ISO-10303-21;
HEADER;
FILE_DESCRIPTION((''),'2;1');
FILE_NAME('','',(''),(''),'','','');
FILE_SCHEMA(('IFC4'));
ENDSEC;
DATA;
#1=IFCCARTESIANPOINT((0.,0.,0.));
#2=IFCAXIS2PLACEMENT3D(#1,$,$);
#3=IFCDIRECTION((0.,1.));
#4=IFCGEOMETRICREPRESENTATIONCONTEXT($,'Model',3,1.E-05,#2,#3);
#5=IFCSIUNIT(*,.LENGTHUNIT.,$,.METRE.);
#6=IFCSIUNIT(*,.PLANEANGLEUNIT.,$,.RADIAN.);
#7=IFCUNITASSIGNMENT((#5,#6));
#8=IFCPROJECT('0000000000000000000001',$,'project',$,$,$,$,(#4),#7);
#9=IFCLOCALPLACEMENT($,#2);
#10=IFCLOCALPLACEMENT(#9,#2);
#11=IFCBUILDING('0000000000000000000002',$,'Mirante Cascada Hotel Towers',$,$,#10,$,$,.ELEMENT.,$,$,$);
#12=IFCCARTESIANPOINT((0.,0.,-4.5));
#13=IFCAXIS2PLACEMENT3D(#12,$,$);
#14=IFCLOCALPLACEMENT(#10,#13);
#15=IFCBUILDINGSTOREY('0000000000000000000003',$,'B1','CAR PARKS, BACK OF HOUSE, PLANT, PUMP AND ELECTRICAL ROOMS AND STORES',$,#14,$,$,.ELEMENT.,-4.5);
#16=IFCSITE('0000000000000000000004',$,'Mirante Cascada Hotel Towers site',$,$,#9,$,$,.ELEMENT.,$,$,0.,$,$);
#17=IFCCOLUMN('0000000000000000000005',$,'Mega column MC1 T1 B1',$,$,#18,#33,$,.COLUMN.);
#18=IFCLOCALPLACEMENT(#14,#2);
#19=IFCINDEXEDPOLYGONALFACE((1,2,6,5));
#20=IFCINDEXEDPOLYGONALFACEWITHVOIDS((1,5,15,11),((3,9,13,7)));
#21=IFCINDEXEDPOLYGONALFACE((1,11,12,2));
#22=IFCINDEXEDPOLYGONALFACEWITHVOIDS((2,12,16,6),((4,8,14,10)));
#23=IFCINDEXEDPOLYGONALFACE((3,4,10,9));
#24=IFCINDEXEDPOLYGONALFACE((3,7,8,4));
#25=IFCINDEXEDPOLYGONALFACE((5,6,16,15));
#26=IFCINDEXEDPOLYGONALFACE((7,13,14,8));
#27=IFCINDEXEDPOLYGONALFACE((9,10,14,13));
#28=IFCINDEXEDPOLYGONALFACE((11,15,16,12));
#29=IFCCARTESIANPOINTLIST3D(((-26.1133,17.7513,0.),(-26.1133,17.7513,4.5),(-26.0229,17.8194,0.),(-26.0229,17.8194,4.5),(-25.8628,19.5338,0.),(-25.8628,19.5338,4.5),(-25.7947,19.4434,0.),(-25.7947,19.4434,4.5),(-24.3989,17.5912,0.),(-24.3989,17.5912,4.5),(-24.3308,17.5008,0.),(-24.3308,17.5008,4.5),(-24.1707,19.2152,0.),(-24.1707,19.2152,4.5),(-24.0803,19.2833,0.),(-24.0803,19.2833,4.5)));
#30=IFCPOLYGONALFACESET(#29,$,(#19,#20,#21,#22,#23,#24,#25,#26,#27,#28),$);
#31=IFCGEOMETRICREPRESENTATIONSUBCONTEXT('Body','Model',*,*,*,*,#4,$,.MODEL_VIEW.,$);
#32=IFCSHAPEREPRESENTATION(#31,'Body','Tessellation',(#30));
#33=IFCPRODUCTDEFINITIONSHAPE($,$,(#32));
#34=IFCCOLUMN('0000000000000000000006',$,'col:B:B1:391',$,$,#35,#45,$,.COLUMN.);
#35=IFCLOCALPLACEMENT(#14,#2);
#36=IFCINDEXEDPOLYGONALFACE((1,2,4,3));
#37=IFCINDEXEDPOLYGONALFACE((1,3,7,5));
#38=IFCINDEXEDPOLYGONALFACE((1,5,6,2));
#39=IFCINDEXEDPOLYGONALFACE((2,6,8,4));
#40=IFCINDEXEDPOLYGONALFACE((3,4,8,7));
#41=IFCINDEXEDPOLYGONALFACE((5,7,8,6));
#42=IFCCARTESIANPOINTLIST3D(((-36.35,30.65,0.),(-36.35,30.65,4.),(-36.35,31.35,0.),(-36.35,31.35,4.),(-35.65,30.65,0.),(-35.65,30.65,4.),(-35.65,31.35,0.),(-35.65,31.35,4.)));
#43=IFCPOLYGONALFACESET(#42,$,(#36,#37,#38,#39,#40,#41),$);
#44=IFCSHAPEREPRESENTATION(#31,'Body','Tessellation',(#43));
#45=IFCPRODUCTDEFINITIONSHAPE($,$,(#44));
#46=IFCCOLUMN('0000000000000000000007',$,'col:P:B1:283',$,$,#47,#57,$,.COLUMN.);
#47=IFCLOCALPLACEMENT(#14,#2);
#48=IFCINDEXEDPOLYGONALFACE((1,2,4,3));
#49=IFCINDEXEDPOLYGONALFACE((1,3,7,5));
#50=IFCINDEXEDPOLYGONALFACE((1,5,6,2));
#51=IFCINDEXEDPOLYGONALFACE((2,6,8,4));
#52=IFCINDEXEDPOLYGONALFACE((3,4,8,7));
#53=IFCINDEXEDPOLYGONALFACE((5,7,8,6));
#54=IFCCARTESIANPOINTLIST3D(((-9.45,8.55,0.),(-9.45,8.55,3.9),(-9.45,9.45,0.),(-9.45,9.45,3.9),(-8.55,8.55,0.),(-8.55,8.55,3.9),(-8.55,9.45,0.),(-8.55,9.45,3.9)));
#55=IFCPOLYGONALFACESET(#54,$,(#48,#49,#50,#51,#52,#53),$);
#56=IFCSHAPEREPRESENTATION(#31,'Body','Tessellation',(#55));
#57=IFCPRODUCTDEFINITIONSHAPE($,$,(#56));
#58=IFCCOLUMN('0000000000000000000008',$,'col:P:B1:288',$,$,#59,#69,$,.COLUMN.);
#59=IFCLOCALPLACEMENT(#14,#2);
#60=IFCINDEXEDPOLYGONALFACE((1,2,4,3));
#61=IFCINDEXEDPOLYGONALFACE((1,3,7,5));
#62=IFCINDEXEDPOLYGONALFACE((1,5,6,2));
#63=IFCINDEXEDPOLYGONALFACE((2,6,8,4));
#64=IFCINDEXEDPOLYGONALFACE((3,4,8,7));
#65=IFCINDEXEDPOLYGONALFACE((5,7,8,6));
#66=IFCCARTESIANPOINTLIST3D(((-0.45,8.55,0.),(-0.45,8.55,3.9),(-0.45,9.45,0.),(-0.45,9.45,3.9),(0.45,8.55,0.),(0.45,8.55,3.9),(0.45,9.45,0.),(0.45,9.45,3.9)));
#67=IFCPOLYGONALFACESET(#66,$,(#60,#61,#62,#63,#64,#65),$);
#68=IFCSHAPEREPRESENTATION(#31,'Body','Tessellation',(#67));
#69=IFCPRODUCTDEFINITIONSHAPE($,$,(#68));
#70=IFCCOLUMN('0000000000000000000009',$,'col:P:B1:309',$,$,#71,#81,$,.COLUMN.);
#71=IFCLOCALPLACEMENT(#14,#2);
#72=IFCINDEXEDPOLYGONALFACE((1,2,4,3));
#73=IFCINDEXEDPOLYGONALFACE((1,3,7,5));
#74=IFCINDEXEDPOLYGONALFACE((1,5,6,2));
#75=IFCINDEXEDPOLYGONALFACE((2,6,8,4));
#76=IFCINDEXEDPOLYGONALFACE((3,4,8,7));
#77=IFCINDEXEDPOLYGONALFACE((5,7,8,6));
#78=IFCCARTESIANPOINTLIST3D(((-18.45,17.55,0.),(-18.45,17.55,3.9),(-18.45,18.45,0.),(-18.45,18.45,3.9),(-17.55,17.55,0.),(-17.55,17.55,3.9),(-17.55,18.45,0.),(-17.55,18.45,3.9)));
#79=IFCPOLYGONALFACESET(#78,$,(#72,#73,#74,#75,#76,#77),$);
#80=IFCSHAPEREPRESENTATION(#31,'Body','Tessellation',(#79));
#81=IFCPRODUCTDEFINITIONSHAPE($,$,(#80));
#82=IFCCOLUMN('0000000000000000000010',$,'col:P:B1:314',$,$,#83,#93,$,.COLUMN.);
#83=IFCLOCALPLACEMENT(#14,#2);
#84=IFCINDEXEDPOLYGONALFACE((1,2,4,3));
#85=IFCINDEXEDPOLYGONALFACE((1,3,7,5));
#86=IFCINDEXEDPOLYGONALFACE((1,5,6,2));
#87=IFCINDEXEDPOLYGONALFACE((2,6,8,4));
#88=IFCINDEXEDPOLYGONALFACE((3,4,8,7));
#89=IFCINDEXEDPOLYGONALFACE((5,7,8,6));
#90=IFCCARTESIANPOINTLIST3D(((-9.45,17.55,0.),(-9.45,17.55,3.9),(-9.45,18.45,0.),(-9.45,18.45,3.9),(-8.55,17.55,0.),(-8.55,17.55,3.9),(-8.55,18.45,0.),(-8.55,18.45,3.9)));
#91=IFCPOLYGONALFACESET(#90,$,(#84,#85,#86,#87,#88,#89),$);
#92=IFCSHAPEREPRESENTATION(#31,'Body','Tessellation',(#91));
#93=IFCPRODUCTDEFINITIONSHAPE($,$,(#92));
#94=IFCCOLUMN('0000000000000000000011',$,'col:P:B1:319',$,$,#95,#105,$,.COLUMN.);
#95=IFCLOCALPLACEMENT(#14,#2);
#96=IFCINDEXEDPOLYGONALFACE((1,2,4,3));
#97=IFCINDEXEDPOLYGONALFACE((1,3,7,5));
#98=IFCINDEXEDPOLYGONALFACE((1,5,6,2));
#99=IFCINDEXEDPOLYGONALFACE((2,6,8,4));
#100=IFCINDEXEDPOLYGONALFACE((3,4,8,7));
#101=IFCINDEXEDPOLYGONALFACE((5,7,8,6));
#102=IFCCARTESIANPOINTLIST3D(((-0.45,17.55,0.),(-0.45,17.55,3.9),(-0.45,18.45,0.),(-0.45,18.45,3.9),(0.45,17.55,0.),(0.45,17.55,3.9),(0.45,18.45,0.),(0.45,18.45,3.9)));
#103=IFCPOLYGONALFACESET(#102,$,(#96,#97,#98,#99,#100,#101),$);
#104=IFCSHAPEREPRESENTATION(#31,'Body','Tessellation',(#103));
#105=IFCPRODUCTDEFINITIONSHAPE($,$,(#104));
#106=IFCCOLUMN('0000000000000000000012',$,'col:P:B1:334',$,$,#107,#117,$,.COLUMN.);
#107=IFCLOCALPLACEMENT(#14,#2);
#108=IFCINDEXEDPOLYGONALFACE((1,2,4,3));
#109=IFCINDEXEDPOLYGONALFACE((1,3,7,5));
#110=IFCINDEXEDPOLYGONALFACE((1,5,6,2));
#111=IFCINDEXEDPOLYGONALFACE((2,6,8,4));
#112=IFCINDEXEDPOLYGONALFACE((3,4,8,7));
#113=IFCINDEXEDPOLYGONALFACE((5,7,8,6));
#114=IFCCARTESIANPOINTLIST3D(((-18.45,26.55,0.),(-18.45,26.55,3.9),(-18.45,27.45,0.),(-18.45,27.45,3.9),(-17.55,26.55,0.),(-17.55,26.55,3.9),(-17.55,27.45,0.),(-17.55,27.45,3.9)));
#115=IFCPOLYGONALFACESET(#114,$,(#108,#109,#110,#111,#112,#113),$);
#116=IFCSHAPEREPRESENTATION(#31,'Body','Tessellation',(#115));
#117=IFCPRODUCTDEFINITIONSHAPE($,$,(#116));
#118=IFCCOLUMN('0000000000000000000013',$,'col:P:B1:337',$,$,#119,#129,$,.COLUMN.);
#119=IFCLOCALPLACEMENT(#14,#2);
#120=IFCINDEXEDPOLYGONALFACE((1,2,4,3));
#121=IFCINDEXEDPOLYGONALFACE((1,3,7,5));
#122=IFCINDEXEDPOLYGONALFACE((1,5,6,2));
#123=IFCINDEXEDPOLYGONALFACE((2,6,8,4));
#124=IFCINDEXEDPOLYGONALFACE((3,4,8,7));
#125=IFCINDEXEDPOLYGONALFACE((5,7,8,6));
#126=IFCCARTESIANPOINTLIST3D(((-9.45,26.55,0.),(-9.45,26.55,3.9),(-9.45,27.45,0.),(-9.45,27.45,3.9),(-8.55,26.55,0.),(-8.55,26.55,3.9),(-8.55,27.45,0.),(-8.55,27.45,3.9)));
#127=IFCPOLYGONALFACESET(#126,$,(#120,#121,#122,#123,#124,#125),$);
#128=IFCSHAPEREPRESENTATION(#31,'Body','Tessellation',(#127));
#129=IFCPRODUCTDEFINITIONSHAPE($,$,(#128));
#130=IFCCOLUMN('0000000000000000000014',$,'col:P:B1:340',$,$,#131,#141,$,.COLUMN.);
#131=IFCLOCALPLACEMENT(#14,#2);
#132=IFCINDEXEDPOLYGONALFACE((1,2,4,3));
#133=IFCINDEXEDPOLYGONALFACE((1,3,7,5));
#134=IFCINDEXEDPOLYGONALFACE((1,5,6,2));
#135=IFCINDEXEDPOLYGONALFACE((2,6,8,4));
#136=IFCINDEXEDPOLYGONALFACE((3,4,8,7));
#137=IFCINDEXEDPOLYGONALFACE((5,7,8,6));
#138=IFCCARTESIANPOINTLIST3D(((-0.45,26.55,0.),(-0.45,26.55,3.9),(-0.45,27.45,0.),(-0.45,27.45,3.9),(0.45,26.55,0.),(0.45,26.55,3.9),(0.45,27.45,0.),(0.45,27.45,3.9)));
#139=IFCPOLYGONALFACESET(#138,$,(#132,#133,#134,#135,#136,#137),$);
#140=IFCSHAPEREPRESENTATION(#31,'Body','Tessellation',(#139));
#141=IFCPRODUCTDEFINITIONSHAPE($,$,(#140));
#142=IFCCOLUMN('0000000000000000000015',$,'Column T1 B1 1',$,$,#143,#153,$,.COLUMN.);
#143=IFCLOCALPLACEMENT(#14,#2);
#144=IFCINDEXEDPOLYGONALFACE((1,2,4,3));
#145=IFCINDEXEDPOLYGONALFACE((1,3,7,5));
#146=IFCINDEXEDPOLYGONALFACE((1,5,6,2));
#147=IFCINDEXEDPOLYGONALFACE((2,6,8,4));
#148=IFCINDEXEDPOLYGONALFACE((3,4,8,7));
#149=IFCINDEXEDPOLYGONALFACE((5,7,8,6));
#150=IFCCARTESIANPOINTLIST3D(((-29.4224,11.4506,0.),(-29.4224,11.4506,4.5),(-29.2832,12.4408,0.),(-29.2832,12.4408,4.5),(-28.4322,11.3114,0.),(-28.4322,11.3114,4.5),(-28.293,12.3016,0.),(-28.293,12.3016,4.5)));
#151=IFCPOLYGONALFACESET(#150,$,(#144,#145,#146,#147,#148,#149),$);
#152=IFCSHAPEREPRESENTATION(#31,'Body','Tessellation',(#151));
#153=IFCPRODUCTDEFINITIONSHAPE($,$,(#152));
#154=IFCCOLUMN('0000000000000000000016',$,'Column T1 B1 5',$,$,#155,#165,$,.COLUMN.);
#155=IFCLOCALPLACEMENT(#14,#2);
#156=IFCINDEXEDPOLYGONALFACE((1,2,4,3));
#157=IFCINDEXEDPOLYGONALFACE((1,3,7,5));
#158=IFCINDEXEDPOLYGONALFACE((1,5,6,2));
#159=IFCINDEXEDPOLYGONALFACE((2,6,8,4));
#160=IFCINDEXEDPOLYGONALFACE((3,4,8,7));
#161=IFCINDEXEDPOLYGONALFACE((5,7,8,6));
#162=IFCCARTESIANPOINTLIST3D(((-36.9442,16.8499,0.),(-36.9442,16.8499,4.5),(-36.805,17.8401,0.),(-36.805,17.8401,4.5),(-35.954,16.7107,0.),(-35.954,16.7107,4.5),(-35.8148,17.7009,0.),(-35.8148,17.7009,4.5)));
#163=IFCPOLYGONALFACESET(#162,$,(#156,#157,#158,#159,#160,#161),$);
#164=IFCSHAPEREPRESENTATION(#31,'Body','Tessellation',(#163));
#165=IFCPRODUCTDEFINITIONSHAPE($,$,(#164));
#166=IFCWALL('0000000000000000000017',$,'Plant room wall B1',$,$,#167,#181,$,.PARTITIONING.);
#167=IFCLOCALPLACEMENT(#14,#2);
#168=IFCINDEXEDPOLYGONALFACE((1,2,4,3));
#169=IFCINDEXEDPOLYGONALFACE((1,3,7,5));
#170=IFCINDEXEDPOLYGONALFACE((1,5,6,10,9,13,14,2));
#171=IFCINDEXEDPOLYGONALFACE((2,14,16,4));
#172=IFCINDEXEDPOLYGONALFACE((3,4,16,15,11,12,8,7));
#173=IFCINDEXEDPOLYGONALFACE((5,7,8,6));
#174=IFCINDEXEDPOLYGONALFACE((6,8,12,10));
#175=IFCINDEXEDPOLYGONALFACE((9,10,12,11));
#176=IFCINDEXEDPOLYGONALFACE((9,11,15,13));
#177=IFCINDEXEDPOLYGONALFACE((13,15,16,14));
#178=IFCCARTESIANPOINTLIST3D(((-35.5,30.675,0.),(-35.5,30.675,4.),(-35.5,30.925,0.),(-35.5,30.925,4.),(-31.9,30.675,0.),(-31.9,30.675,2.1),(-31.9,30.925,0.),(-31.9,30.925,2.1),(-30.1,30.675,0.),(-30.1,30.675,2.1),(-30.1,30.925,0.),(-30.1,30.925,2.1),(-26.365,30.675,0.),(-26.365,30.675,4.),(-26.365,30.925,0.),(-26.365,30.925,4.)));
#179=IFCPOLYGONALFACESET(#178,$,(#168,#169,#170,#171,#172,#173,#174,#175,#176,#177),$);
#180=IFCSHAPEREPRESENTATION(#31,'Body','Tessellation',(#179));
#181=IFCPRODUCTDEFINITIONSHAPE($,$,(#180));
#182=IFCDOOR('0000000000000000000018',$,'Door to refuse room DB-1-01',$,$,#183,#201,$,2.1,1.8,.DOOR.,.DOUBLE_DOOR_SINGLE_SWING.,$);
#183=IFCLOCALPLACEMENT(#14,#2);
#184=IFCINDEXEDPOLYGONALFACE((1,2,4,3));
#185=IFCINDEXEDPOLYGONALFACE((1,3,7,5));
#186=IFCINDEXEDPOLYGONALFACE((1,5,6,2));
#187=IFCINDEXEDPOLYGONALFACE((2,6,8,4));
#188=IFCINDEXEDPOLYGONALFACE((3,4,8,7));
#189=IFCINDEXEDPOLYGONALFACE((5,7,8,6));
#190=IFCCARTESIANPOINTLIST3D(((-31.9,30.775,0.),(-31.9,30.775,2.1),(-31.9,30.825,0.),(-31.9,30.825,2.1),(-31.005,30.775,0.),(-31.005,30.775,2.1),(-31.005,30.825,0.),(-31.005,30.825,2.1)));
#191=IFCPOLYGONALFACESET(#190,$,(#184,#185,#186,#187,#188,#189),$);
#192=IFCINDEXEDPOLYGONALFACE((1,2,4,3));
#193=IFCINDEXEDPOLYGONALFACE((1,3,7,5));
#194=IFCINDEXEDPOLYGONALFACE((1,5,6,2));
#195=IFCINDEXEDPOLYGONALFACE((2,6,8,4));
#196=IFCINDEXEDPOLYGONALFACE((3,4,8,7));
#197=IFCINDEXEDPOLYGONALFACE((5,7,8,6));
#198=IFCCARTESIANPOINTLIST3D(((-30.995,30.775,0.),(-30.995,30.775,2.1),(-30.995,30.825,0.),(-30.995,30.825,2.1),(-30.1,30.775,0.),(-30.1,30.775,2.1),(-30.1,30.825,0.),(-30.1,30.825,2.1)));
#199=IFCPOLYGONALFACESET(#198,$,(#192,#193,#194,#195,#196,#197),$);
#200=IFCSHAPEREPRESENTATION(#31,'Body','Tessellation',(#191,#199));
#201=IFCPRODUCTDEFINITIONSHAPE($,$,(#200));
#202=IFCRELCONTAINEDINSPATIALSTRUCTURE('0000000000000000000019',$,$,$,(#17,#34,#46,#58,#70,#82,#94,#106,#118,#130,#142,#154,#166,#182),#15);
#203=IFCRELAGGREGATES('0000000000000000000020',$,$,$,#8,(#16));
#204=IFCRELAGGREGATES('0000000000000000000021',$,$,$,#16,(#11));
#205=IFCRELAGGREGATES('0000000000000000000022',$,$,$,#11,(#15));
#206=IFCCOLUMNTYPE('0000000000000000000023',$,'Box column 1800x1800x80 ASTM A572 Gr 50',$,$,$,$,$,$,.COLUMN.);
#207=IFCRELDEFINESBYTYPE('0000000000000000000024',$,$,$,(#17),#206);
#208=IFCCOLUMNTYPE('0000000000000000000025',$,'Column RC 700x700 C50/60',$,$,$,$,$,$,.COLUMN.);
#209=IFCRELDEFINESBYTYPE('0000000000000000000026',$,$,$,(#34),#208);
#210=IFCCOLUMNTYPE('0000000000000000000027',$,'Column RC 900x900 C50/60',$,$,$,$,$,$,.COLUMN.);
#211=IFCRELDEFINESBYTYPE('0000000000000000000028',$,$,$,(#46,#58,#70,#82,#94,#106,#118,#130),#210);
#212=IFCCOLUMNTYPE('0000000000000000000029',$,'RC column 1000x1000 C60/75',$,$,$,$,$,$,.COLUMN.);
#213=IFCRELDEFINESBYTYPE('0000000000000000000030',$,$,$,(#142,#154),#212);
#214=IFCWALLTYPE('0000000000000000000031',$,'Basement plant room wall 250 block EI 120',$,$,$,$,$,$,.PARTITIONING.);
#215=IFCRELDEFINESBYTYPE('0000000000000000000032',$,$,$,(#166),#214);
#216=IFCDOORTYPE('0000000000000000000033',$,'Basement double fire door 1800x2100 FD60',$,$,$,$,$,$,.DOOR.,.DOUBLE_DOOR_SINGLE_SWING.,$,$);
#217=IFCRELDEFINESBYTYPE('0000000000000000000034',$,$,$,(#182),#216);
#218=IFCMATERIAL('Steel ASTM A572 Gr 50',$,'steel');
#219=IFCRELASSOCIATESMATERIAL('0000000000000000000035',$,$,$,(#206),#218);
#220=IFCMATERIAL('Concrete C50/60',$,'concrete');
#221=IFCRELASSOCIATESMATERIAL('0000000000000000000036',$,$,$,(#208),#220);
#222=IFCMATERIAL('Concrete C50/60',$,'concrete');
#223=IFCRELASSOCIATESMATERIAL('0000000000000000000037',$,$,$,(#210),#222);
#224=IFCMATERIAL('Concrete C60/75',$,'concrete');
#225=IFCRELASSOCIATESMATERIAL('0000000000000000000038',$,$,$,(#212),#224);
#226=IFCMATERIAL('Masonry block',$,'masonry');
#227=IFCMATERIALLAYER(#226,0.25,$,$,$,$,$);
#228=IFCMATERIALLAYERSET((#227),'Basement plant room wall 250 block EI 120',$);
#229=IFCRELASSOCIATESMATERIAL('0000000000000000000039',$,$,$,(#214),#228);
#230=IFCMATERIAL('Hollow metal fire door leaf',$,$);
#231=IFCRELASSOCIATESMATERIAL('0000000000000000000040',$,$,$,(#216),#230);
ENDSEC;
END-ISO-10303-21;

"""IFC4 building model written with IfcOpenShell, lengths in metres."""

from ifc_helpers import new_model, si_unit, direction, frame, frame_2d, origin, origin_2d, place, context, subcontext, project, spatial, rectangle, hollow_rectangle, extrude, material, layer, layer_set, material_profile, profile_set, type_object, element, fill, save


model = new_model("IFC4")

# Units and contexts
model_context = context("Model", 3, precision=1e-05, world=origin(), true_north=direction((0.0, 1.0)))
body_context = subcontext(model_context, "Body", "Model", "MODEL_VIEW")
ifc_project = project(units=[si_unit("LENGTHUNIT", "METRE"), si_unit("PLANEANGLEUNIT", "RADIAN")], contexts=[model_context])

# Site, building, storey
site_placement = place(None, origin())
site = spatial("IfcSite", under=ifc_project, at=site_placement, Name="Mirante Cascada Hotel Towers site", CompositionType="ELEMENT", RefElevation=0.0)
building_placement = place(site_placement, origin())
building = spatial("IfcBuilding", under=site, at=building_placement, Name="Mirante Cascada Hotel Towers", CompositionType="ELEMENT")
storey_placement = place(building_placement, frame((0.0, 0.0, -4.5)))
storey = spatial("IfcBuildingStorey", under=building, at=storey_placement, Name="B1", Description="CAR PARKS, BACK OF HOUSE, PLANT, PUMP AND ELECTRICAL ROOMS AND STORES", CompositionType="ELEMENT", Elevation=-4.5)

# Columns
ifc_material_1 = material(Name="Steel ASTM A572 Gr 50", Category="steel")
ifc_material_profile_1 = material_profile(ifc_material_1, hollow_rectangle(XDim=1.8, YDim=1.8, WallThickness=0.08, at=origin_2d()), Name="Box column 1800x1800x80 ASTM A572 Gr 50")
ifc_profile_set_1 = profile_set([ifc_material_profile_1], Name="Steel ASTM A572 Gr 50")
column_type_1 = type_object("IfcColumnType", Name="Box column 1800x1800x80 ASTM A572 Gr 50", PredefinedType="COLUMN", material=ifc_profile_set_1)
column_1_placement = place(storey_placement, frame((-25.0968, 18.5173, 0.0), z_axis=(0.0, 0.0, 1.0), x_axis=(-0.990268, 0.139173, 0.0)))
element("IfcColumn", 1, at=column_1_placement, inside=storey, type_object=column_type_1, Name="Mega column MC1 T1 B1", PredefinedType="COLUMN", context=body_context, shape_type="SweptSolid", body=[
    extrude(hollow_rectangle(XDim=1.8, YDim=1.8, WallThickness=0.08, at=origin_2d()), origin(), (0.0, 0.0, 1.0), 4.5),
])
ifc_material_2 = material(Name="Concrete C50/60", Category="concrete")
ifc_material_profile_2 = material_profile(ifc_material_2, rectangle(XDim=0.7, YDim=0.7, at=origin_2d()), Name="RC 700x700")
ifc_profile_set_2 = profile_set([ifc_material_profile_2], Name="Concrete C50/60")
column_type_2 = type_object("IfcColumnType", Name="Column RC 700x700 C50/60", PredefinedType="COLUMN", material=ifc_profile_set_2)
column_2_placement = place(storey_placement, frame((-36.0, 31.0, 0.0), z_axis=(0.0, 0.0, 1.0), x_axis=(1.0, 0.0, 0.0)))
element("IfcColumn", 2, at=column_2_placement, inside=storey, type_object=column_type_2, Name="col:B:B1:391", PredefinedType="COLUMN", context=body_context, shape_type="SweptSolid", body=[
    extrude(rectangle(XDim=0.7, YDim=0.7, at=origin_2d()), origin(), (0.0, 0.0, 1.0), 4.0),
])
ifc_material_3 = material(Name="Concrete C50/60", Category="concrete")
ifc_material_profile_3 = material_profile(ifc_material_3, rectangle(XDim=0.9, YDim=0.9, at=origin_2d()), Name="RC 900x900")
ifc_profile_set_3 = profile_set([ifc_material_profile_3], Name="Concrete C50/60")
column_type_3 = type_object("IfcColumnType", Name="Column RC 900x900 C50/60", PredefinedType="COLUMN", material=ifc_profile_set_3)
for number, where, z_axis, x_axis, name in (
    (3, (-9.0, 9.0, 0.0), (0.0, 0.0, 1.0), (1.0, 0.0, 0.0), "col:P:B1:283"),
    (4, (0.0, 9.0, 0.0), (0.0, 0.0, 1.0), (1.0, 0.0, 0.0), "col:P:B1:288"),
    (5, (-18.0, 18.0, 0.0), (0.0, 0.0, 1.0), (1.0, 0.0, 0.0), "col:P:B1:309"),
    (6, (-9.0, 18.0, 0.0), (0.0, 0.0, 1.0), (1.0, 0.0, 0.0), "col:P:B1:314"),
    (7, (0.0, 18.0, 0.0), (0.0, 0.0, 1.0), (1.0, 0.0, 0.0), "col:P:B1:319"),
    (8, (-18.0, 27.0, 0.0), (0.0, 0.0, 1.0), (1.0, 0.0, 0.0), "col:P:B1:334"),
    (9, (-9.0, 27.0, 0.0), (0.0, 0.0, 1.0), (1.0, 0.0, 0.0), "col:P:B1:337"),
    (10, (0.0, 27.0, 0.0), (0.0, 0.0, 1.0), (1.0, 0.0, 0.0), "col:P:B1:340"),
):
    element("IfcColumn", number, at=place(storey_placement, frame(where, z_axis=z_axis, x_axis=x_axis)), inside=storey, type_object=column_type_3, Name=name, PredefinedType="COLUMN", context=body_context, shape_type="SweptSolid", body=[
        extrude(rectangle(XDim=0.9, YDim=0.9, at=origin_2d()), origin(), (0.0, 0.0, 1.0), 3.9),
    ])
ifc_material_4 = material(Name="Concrete C60/75", Category="concrete")
ifc_material_profile_4 = material_profile(ifc_material_4, rectangle(XDim=1.0, YDim=1.0, at=origin_2d()), Name="RC column 1000x1000 C60/75")
ifc_profile_set_4 = profile_set([ifc_material_profile_4], Name="Concrete C60/75")
column_type_4 = type_object("IfcColumnType", Name="RC column 1000x1000 C60/75", PredefinedType="COLUMN", material=ifc_profile_set_4)
for number, where, z_axis, x_axis, name in (
    (11, (-28.8577, 11.8761, 0.0), (0.0, 0.0, 1.0), (-0.990268, 0.139173, 0.0), "Column T1 B1 1"),
    (12, (-36.3795, 17.2754, 0.0), (0.0, 0.0, 1.0), (-0.990268, 0.139173, 0.0), "Column T1 B1 5"),
):
    element("IfcColumn", number, at=place(storey_placement, frame(where, z_axis=z_axis, x_axis=x_axis)), inside=storey, type_object=column_type_4, Name=name, PredefinedType="COLUMN", context=body_context, shape_type="SweptSolid", body=[
        extrude(rectangle(XDim=1.0, YDim=1.0, at=origin_2d()), origin(), (0.0, 0.0, 1.0), 4.5),
    ])

# Wall, opening, door
ifc_material_5 = material(Name="Masonry block", Category="masonry")
ifc_layer_1 = layer(ifc_material_5, 0.25)
ifc_layer_set_1 = layer_set([ifc_layer_1], Name="Basement plant room wall 250 block EI 120")
wall_type_1 = type_object("IfcWallType", Name="Basement plant room wall 250 block EI 120", PredefinedType="PARTITIONING", material=ifc_layer_set_1)
wall_1_placement = place(storey_placement, frame((-35.5, 30.8, 0.0), z_axis=(0.0, 0.0, 1.0), x_axis=(1.0, 0.0, 0.0)))
wall_1 = element("IfcWall", 13, at=wall_1_placement, inside=storey, type_object=wall_type_1, Name="Plant room wall B1", PredefinedType="PARTITIONING", context=body_context, shape_type="SweptSolid", body=[
    extrude(rectangle(XDim=9.135, YDim=0.25, at=frame_2d((4.5675, 0.0))), origin(), (0.0, 0.0, 1.0), 4.0),
])
opening_1_placement = place(wall_1_placement, frame((3.6, 0.0, 0.0)))
opening_1 = element("IfcOpeningElement", 14, at=opening_1_placement, cuts=wall_1, PredefinedType="OPENING", context=body_context, shape_type="SweptSolid", body=[
    extrude(rectangle(XDim=1.8, YDim=2.1, at=frame_2d((0.9, 1.05))), frame((0.0, 0.125, 0.0), z_axis=(0.0, -1.0, 0.0), x_axis=(1.0, 0.0, 0.0)), (0.0, 0.0, 1.0), 0.25),
])
ifc_material_6 = material(Name="Hollow metal fire door leaf")
door_type_1 = type_object("IfcDoorType", Name="Basement double fire door 1800x2100 FD60", OperationType="DOUBLE_DOOR_SINGLE_SWING", PredefinedType="DOOR", material=ifc_material_6)
door_1_placement = place(opening_1_placement, origin())
door_1 = element("IfcDoor", 15, at=door_1_placement, inside=storey, type_object=door_type_1, Name="Door to refuse room DB-1-01", OperationType="DOUBLE_DOOR_SINGLE_SWING", OverallHeight=2.1, OverallWidth=1.8, PredefinedType="DOOR", context=body_context, shape_type="SweptSolid", body=[
    extrude(rectangle(XDim=0.895, YDim=2.1, at=frame_2d((0.4475, 1.05))), frame((0.0, 0.025, 0.0), z_axis=(0.0, -1.0, 0.0), x_axis=(1.0, 0.0, 0.0)), (0.0, 0.0, 1.0), 0.05),
    extrude(rectangle(XDim=0.895, YDim=2.1, at=frame_2d((1.3525, 1.05))), frame((0.0, 0.025, 0.0), z_axis=(0.0, -1.0, 0.0), x_axis=(1.0, 0.0, 0.0)), (0.0, 0.0, 1.0), 0.05),
])
fill(opening_1, door_1)

save(model, "model.ifc")
